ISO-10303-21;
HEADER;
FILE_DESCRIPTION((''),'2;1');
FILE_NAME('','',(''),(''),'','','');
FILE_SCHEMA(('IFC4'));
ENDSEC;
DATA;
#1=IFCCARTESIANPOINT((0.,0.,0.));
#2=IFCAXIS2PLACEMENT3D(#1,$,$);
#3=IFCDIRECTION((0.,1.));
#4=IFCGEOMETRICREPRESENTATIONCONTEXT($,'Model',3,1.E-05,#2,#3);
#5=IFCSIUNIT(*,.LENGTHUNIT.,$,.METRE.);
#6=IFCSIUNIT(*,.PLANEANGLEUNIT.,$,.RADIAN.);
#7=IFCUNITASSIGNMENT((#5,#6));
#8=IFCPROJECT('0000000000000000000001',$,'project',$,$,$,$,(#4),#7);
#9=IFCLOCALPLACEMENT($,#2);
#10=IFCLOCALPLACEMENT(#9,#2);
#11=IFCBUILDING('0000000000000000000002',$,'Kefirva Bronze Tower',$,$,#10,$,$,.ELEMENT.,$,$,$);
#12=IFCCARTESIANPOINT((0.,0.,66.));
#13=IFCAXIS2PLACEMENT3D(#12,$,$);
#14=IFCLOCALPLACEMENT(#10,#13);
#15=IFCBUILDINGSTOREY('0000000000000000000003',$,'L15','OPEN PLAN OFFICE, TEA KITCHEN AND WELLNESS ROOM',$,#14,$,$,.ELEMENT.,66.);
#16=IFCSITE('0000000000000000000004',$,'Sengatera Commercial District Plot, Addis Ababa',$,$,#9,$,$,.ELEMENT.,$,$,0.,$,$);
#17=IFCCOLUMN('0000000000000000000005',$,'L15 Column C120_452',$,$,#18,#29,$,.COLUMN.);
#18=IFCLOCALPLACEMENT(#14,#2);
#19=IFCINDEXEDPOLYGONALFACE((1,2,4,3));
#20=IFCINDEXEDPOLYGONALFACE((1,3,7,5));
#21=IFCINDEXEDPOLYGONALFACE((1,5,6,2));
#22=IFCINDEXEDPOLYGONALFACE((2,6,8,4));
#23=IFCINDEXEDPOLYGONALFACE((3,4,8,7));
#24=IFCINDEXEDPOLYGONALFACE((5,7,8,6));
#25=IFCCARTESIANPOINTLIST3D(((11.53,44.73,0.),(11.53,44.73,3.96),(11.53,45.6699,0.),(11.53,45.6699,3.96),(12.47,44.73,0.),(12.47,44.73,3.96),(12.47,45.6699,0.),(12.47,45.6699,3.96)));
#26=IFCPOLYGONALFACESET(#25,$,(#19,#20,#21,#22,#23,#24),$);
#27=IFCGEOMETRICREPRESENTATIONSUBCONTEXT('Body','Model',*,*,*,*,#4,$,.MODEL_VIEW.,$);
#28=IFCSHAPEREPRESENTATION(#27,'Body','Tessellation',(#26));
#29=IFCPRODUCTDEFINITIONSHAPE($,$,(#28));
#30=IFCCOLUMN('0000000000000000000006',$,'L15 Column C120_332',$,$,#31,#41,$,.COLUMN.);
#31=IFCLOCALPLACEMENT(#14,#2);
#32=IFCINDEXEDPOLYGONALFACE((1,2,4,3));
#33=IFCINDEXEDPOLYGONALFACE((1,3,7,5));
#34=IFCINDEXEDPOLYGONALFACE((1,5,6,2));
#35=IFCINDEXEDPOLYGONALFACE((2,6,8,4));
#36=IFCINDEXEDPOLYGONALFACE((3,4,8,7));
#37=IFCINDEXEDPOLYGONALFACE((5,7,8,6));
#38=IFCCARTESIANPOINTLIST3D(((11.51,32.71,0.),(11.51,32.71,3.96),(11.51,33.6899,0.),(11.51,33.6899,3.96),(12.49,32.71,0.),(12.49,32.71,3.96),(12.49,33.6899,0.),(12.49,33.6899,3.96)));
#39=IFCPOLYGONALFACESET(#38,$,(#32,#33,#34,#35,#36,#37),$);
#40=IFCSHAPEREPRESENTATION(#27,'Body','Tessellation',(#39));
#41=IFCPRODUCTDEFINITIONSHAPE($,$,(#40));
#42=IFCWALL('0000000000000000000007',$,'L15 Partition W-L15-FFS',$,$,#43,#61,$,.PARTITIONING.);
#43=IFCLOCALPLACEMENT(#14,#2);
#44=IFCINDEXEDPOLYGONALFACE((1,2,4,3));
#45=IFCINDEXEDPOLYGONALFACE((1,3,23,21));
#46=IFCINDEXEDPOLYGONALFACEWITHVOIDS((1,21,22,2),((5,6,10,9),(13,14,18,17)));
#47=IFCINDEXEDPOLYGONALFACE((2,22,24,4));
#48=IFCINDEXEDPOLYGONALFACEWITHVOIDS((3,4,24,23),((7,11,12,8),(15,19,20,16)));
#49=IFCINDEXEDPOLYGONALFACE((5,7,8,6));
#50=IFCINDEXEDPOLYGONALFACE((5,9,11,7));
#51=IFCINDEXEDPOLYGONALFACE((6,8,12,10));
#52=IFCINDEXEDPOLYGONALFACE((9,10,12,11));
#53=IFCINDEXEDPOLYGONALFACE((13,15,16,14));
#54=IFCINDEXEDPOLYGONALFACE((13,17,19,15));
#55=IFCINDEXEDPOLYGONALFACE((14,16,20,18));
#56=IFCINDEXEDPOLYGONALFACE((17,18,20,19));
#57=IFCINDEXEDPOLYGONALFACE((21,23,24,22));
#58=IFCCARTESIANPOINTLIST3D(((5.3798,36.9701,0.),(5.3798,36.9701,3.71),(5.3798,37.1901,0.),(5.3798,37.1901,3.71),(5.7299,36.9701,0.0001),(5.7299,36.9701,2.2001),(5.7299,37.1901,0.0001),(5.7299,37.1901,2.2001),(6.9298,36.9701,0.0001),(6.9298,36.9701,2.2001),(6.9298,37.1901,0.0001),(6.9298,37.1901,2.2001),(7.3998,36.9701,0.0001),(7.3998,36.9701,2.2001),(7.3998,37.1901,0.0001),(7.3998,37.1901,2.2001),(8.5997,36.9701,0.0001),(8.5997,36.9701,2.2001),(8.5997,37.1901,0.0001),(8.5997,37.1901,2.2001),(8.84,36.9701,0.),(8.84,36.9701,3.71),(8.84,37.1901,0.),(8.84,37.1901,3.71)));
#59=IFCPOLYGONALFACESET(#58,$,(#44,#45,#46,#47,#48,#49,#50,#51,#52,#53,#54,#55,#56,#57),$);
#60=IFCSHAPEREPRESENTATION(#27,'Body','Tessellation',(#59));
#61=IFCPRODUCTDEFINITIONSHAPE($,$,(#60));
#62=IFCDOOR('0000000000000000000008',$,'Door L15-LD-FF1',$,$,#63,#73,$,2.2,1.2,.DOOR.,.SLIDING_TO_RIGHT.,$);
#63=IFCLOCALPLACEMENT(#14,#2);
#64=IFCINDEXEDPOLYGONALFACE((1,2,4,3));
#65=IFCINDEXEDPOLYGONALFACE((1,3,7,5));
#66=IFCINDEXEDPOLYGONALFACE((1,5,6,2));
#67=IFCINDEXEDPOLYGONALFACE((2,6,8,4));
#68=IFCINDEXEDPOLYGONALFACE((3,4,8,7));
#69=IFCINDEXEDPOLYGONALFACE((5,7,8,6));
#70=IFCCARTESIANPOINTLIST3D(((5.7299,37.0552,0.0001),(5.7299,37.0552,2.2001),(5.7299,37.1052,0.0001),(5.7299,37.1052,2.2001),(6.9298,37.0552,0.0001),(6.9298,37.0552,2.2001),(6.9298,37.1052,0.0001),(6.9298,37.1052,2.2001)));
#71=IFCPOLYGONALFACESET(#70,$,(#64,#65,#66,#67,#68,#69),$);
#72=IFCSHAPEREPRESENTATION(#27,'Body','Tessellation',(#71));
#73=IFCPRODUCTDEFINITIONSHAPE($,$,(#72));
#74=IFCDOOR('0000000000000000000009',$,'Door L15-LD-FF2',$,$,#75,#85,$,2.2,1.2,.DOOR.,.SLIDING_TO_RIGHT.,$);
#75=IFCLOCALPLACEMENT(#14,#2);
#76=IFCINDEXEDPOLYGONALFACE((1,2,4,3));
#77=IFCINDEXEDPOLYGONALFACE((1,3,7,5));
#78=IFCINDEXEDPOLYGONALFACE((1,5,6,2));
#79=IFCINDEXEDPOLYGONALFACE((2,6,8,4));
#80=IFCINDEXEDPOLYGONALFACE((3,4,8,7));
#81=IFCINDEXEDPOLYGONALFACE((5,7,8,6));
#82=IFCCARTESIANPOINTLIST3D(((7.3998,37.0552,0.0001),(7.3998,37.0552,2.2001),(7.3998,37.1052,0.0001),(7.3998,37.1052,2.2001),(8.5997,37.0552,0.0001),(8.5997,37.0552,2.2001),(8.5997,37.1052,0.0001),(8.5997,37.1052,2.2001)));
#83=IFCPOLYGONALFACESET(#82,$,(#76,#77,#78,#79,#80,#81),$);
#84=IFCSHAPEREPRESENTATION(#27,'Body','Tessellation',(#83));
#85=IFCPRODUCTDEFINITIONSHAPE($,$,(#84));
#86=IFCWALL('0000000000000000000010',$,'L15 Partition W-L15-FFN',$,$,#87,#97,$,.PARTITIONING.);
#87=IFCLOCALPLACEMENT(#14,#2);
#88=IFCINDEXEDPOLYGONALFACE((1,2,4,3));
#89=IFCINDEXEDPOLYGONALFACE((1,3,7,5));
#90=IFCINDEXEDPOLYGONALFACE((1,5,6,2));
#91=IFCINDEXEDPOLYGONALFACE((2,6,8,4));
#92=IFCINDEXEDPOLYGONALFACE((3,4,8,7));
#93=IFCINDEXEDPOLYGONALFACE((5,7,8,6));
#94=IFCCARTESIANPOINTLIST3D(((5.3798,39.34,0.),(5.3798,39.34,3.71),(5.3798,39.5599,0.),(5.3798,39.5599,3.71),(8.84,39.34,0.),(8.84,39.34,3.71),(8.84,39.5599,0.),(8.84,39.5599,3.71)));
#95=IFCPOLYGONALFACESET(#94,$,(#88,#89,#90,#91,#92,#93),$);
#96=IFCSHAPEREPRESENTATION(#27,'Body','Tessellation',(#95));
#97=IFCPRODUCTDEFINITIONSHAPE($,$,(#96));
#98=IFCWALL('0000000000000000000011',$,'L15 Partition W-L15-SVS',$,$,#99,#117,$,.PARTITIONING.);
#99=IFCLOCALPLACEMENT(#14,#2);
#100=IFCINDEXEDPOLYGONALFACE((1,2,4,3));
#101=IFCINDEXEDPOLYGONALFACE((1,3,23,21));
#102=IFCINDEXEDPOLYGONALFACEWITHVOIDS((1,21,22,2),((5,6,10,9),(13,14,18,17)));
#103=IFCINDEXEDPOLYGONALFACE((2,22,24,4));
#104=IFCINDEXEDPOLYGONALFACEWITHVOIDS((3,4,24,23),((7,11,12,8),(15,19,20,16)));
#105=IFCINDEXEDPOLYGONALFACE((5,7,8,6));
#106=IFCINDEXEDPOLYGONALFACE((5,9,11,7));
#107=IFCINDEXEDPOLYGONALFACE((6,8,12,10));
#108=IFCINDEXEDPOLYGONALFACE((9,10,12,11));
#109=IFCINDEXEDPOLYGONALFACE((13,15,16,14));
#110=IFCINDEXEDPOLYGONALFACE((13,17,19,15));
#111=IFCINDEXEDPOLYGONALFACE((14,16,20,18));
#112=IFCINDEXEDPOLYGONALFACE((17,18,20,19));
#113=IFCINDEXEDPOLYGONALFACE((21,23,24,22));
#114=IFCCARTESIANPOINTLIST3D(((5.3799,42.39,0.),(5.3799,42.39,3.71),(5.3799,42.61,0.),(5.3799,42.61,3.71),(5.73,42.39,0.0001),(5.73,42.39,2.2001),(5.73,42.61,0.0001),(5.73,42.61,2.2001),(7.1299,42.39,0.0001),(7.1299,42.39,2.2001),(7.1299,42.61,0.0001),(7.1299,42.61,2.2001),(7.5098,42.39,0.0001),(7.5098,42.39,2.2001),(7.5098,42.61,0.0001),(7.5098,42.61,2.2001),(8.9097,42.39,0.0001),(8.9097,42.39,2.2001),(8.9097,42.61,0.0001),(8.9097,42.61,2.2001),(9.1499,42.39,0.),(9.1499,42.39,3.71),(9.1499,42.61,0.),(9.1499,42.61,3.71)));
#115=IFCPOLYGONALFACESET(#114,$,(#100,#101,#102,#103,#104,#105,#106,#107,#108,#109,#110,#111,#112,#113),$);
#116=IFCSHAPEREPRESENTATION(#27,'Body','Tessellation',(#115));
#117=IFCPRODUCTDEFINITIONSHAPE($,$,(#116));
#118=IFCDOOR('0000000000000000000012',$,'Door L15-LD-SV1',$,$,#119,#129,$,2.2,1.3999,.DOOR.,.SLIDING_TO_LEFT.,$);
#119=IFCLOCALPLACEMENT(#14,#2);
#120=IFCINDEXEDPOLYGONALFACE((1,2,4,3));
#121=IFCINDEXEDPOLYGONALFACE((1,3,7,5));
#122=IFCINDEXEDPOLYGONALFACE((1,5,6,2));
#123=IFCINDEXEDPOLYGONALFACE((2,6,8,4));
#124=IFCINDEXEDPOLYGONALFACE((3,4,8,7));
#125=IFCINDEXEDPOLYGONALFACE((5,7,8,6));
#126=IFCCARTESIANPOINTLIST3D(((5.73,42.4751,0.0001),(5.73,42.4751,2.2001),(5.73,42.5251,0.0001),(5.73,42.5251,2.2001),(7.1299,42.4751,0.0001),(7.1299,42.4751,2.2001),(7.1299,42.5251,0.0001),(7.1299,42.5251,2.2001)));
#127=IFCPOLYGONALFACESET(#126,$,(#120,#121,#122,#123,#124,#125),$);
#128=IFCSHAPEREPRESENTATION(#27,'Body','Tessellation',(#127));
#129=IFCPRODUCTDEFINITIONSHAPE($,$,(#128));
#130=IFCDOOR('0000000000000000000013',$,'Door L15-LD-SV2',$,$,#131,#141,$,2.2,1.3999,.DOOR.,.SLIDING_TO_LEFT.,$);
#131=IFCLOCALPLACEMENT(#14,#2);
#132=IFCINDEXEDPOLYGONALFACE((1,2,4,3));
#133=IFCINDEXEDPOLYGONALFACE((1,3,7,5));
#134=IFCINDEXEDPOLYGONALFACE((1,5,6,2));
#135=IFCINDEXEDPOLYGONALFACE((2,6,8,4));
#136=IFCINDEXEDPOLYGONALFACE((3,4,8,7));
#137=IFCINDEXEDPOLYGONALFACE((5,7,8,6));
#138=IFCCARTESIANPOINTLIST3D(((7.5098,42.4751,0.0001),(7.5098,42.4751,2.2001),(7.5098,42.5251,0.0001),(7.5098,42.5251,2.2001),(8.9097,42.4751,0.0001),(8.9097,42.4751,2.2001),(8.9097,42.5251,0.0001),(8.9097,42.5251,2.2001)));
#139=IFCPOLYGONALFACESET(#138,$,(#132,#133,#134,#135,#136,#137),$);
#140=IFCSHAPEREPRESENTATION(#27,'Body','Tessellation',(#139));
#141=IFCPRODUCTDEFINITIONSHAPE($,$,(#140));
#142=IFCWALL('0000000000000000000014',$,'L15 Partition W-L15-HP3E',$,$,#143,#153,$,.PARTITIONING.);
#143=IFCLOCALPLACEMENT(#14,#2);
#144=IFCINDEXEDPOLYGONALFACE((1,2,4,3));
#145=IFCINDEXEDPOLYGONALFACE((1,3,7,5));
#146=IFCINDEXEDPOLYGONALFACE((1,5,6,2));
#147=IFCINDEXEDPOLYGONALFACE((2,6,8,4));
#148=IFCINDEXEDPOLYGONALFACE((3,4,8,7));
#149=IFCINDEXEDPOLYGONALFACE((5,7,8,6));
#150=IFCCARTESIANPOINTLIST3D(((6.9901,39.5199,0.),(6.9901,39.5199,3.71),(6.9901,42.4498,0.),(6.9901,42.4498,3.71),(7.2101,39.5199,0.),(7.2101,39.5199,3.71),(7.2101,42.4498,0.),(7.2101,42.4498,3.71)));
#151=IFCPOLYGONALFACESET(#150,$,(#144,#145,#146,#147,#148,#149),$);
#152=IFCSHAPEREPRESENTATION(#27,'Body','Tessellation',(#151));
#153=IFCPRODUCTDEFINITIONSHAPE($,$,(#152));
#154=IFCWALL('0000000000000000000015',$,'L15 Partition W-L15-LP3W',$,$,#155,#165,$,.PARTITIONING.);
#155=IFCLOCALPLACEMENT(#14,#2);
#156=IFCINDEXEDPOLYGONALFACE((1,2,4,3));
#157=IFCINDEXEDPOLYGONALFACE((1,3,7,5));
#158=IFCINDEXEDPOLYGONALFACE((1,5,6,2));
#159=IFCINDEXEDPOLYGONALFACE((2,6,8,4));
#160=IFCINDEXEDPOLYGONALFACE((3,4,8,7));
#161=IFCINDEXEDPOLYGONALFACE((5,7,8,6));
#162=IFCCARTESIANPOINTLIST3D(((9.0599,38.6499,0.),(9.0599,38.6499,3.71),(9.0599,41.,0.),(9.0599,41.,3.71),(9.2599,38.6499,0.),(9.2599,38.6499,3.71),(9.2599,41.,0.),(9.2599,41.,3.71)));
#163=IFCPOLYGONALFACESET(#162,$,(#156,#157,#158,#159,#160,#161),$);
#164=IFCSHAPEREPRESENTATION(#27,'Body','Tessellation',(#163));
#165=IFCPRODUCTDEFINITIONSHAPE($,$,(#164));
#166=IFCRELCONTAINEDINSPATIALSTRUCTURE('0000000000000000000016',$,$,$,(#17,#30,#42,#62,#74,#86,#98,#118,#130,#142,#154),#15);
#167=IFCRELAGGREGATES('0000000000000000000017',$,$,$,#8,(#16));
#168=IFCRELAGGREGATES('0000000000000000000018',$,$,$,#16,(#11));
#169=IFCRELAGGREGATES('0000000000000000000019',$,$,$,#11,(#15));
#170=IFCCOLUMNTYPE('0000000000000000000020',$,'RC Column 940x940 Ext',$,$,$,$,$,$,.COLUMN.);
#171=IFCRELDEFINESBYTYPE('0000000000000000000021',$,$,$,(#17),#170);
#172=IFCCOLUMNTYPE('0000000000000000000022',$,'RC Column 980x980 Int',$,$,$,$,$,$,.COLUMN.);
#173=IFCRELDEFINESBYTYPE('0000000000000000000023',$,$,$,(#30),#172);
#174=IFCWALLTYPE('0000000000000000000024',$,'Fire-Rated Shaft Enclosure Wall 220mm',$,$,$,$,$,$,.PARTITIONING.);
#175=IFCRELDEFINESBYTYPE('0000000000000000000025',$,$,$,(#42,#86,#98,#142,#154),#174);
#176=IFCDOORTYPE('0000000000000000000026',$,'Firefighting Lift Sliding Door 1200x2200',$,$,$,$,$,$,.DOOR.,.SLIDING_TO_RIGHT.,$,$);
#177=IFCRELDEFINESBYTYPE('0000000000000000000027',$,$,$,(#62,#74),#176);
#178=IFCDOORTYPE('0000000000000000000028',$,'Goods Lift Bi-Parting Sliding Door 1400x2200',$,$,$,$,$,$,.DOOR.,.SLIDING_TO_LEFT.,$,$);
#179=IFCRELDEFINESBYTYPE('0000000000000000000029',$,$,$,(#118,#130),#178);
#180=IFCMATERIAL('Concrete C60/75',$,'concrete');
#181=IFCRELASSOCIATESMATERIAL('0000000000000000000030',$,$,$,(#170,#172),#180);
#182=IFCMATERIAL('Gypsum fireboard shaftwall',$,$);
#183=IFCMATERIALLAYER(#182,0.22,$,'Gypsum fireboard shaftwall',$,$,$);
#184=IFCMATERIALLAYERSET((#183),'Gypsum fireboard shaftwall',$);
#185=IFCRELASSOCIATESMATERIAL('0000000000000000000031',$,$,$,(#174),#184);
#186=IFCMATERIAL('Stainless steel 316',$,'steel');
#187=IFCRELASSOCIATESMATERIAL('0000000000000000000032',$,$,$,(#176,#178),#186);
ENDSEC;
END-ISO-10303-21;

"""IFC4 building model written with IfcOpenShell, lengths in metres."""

from ifc_helpers import new_model, si_unit, direction, frame, frame_2d, origin, origin_2d, place, context, subcontext, project, spatial, rectangle, extrude, material, layer, layer_set, material_profile, profile_set, type_object, element, fill, save


model = new_model("IFC4")

# Units and contexts
model_context = context("Model", 3, precision=1e-05, world=origin(), true_north=direction((0.0, 1.0)))
body_context = subcontext(model_context, "Body", "Model", "MODEL_VIEW")
ifc_project = project(units=[si_unit("LENGTHUNIT", "METRE"), si_unit("PLANEANGLEUNIT", "RADIAN")], contexts=[model_context])

# Site, building, storey
site_placement = place(None, origin())
site = spatial("IfcSite", under=ifc_project, at=site_placement, Name="Sengatera Commercial District Plot, Addis Ababa", CompositionType="ELEMENT", RefElevation=0.0)
building_placement = place(site_placement, origin())
building = spatial("IfcBuilding", under=site, at=building_placement, Name="Kefirva Bronze Tower", CompositionType="ELEMENT")
storey_placement = place(building_placement, frame((0.0, 0.0, 66.0)))
storey = spatial("IfcBuildingStorey", under=building, at=storey_placement, Name="L15", Description="OPEN PLAN OFFICE, TEA KITCHEN AND WELLNESS ROOM", CompositionType="ELEMENT", Elevation=66.0)

# Columns
ifc_material_1 = material(Name="Concrete C60/75", Category="concrete")
ifc_material_profile_1 = material_profile(ifc_material_1, rectangle(XDim=0.9399, YDim=0.9399, at=origin_2d()), Name="RC 940x940")
ifc_profile_set_1 = profile_set([ifc_material_profile_1], Name="Concrete C60/75")
column_type_1 = type_object("IfcColumnType", Name="RC Column 940x940 Ext", PredefinedType="COLUMN", material=ifc_profile_set_1)
column_1_placement = place(storey_placement, frame((12.0, 45.2, 0.0), z_axis=(0.0, 0.0, 1.0), x_axis=(1.0, 0.0, 0.0)))
element("IfcColumn", 1, at=column_1_placement, inside=storey, type_object=column_type_1, Name="L15 Column C120_452", PredefinedType="COLUMN", context=body_context, shape_type="SweptSolid", body=[
    extrude(rectangle(XDim=0.9399, YDim=0.9399, at=origin_2d()), origin(), (0.0, 0.0, 1.0), 3.96),
])
ifc_material_profile_2 = material_profile(ifc_material_1, rectangle(XDim=0.98, YDim=0.98, at=origin_2d()), Name="RC 980x980")
ifc_profile_set_2 = profile_set([ifc_material_profile_2], Name="Concrete C60/75")
column_type_2 = type_object("IfcColumnType", Name="RC Column 980x980 Int", PredefinedType="COLUMN", material=ifc_profile_set_2)
column_2_placement = place(storey_placement, frame((12.0, 33.2, 0.0), z_axis=(0.0, 0.0, 1.0), x_axis=(1.0, 0.0, 0.0)))
element("IfcColumn", 2, at=column_2_placement, inside=storey, type_object=column_type_2, Name="L15 Column C120_332", PredefinedType="COLUMN", context=body_context, shape_type="SweptSolid", body=[
    extrude(rectangle(XDim=0.98, YDim=0.98, at=origin_2d()), origin(), (0.0, 0.0, 1.0), 3.96),
])

# Wall, openings, doors
ifc_material_2 = material(Name="Gypsum fireboard shaftwall")
ifc_layer_1 = layer(ifc_material_2, 0.22, Name="Gypsum fireboard shaftwall")
ifc_layer_set_1 = layer_set([ifc_layer_1], Name="Gypsum fireboard shaftwall")
wall_type_1 = type_object("IfcWallType", Name="Fire-Rated Shaft Enclosure Wall 220mm", PredefinedType="PARTITIONING", material=ifc_layer_set_1)
wall_1_placement = place(storey_placement, frame((5.3799, 37.0801, 0.0), z_axis=(0.0, 0.0, 1.0), x_axis=(1.0, 0.0, 0.0)))
wall_1 = element("IfcWall", 3, at=wall_1_placement, inside=storey, type_object=wall_type_1, Name="L15 Partition W-L15-FFS", PredefinedType="PARTITIONING", context=body_context, shape_type="SweptSolid", body=[
    extrude(rectangle(XDim=3.4602, YDim=0.22, at=frame_2d((1.73, 0.0))), origin(), (0.0, 0.0, 1.0), 3.71),
])
opening_1_placement = place(wall_1_placement, frame((1.55, 0.0, 0.0), z_axis=(0.0, 0.0, 1.0), x_axis=(-1.0, 0.0, 0.0)))
opening_1 = element("IfcOpeningElement", 4, at=opening_1_placement, cuts=wall_1, PredefinedType="OPENING", context=body_context, shape_type="SweptSolid", body=[
    extrude(rectangle(XDim=1.2, YDim=2.2, at=frame_2d((0.6001, 1.1001))), frame((0.0, 0.1201, 0.0), z_axis=(0.0, -1.0, 0.0), x_axis=(1.0, 0.0, 0.0)), (0.0, 0.0, 1.0), 0.24),
])
opening_2_placement = place(wall_1_placement, frame((3.22, 0.0, 0.0), z_axis=(0.0, 0.0, 1.0), x_axis=(-1.0, 0.0, 0.0)))
opening_2 = element("IfcOpeningElement", 5, at=opening_2_placement, cuts=wall_1, PredefinedType="OPENING", context=body_context, shape_type="SweptSolid", body=[
    extrude(rectangle(XDim=1.2, YDim=2.2, at=frame_2d((0.6001, 1.1001))), frame((0.0, 0.1201, 0.0), z_axis=(0.0, -1.0, 0.0), x_axis=(1.0, 0.0, 0.0)), (0.0, 0.0, 1.0), 0.24),
])
ifc_material_3 = material(Name="Stainless steel 316", Category="steel")
door_type_1 = type_object("IfcDoorType", Name="Firefighting Lift Sliding Door 1200x2200", OperationType="SLIDING_TO_RIGHT", PredefinedType="DOOR", material=ifc_material_3)
door_1_placement = place(opening_1_placement, origin())
door_1 = element("IfcDoor", 6, at=door_1_placement, inside=storey, type_object=door_type_1, Name="Door L15-LD-FF1", OperationType="SLIDING_TO_RIGHT", OverallHeight=2.2, OverallWidth=1.2, PredefinedType="DOOR", context=body_context, shape_type="SweptSolid", body=[
    extrude(rectangle(XDim=1.2, YDim=2.2, at=frame_2d((0.6001, 1.1001))), frame((0.0, 0.0249, 0.0), z_axis=(0.0, -1.0, 0.0), x_axis=(1.0, 0.0, 0.0)), (0.0, 0.0, 1.0), 0.05),
])
fill(opening_1, door_1)
door_2_placement = place(opening_2_placement, origin())
door_2 = element("IfcDoor", 7, at=door_2_placement, inside=storey, type_object=door_type_1, Name="Door L15-LD-FF2", OperationType="SLIDING_TO_RIGHT", OverallHeight=2.2, OverallWidth=1.2, PredefinedType="DOOR", context=body_context, shape_type="SweptSolid", body=[
    extrude(rectangle(XDim=1.2, YDim=2.2, at=frame_2d((0.6001, 1.1001))), frame((0.0, 0.0249, 0.0), z_axis=(0.0, -1.0, 0.0), x_axis=(1.0, 0.0, 0.0)), (0.0, 0.0, 1.0), 0.05),
])
fill(opening_2, door_2)

# Wall
wall_2_placement = place(storey_placement, frame((5.3799, 39.45, 0.0), z_axis=(0.0, 0.0, 1.0), x_axis=(1.0, 0.0, 0.0)))
element("IfcWall", 8, at=wall_2_placement, inside=storey, type_object=wall_type_1, Name="L15 Partition W-L15-FFN", PredefinedType="PARTITIONING", context=body_context, shape_type="SweptSolid", body=[
    extrude(rectangle(XDim=3.4602, YDim=0.22, at=frame_2d((1.73, 0.0))), origin(), (0.0, 0.0, 1.0), 3.71),
])

# Wall, openings, doors
wall_3_placement = place(storey_placement, frame((5.3799, 42.5, 0.0), z_axis=(0.0, 0.0, 1.0), x_axis=(1.0, 0.0, 0.0)))
wall_3 = element("IfcWall", 9, at=wall_3_placement, inside=storey, type_object=wall_type_1, Name="L15 Partition W-L15-SVS", PredefinedType="PARTITIONING", context=body_context, shape_type="SweptSolid", body=[
    extrude(rectangle(XDim=3.77, YDim=0.22, at=frame_2d((1.885, 0.0))), origin(), (0.0, 0.0, 1.0), 3.71),
])
opening_3_placement = place(wall_3_placement, frame((1.75, 0.0, 0.0), z_axis=(0.0, 0.0, 1.0), x_axis=(-1.0, 0.0, 0.0)))
opening_3 = element("IfcOpeningElement", 10, at=opening_3_placement, cuts=wall_3, PredefinedType="OPENING", context=body_context, shape_type="SweptSolid", body=[
    extrude(rectangle(XDim=1.3999, YDim=2.2, at=frame_2d((0.7, 1.1001))), frame((0.0, 0.1201, 0.0), z_axis=(0.0, -1.0, 0.0), x_axis=(1.0, 0.0, 0.0)), (0.0, 0.0, 1.0), 0.24),
])
opening_4_placement = place(wall_3_placement, frame((3.5298, 0.0, 0.0), z_axis=(0.0, 0.0, 1.0), x_axis=(-1.0, 0.0, 0.0)))
opening_4 = element("IfcOpeningElement", 11, at=opening_4_placement, cuts=wall_3, PredefinedType="OPENING", context=body_context, shape_type="SweptSolid", body=[
    extrude(rectangle(XDim=1.3999, YDim=2.2, at=frame_2d((0.7, 1.1001))), frame((0.0, 0.1201, 0.0), z_axis=(0.0, -1.0, 0.0), x_axis=(1.0, 0.0, 0.0)), (0.0, 0.0, 1.0), 0.24),
])
door_type_2 = type_object("IfcDoorType", Name="Goods Lift Bi-Parting Sliding Door 1400x2200", OperationType="SLIDING_TO_LEFT", PredefinedType="DOOR", material=ifc_material_3)
door_3_placement = place(opening_3_placement, origin())
door_3 = element("IfcDoor", 12, at=door_3_placement, inside=storey, type_object=door_type_2, Name="Door L15-LD-SV1", OperationType="SLIDING_TO_LEFT", OverallHeight=2.2, OverallWidth=1.3999, PredefinedType="DOOR", context=body_context, shape_type="SweptSolid", body=[
    extrude(rectangle(XDim=1.3999, YDim=2.2, at=frame_2d((0.7, 1.1001))), frame((0.0, 0.0249, 0.0), z_axis=(0.0, -1.0, 0.0), x_axis=(1.0, 0.0, 0.0)), (0.0, 0.0, 1.0), 0.05),
])
fill(opening_3, door_3)
door_4_placement = place(opening_4_placement, origin())
door_4 = element("IfcDoor", 13, at=door_4_placement, inside=storey, type_object=door_type_2, Name="Door L15-LD-SV2", OperationType="SLIDING_TO_LEFT", OverallHeight=2.2, OverallWidth=1.3999, PredefinedType="DOOR", context=body_context, shape_type="SweptSolid", body=[
    extrude(rectangle(XDim=1.3999, YDim=2.2, at=frame_2d((0.7, 1.1001))), frame((0.0, 0.0249, 0.0), z_axis=(0.0, -1.0, 0.0), x_axis=(1.0, 0.0, 0.0)), (0.0, 0.0, 1.0), 0.05),
])
fill(opening_4, door_4)

# Walls
wall_4_placement = place(storey_placement, frame((7.1001, 39.52, 0.0), z_axis=(0.0, 0.0, 1.0), x_axis=(0.0, 1.0, 0.0)))
element("IfcWall", 14, at=wall_4_placement, inside=storey, type_object=wall_type_1, Name="L15 Partition W-L15-HP3E", PredefinedType="PARTITIONING", context=body_context, shape_type="SweptSolid", body=[
    extrude(rectangle(XDim=2.9299, YDim=0.22, at=frame_2d((1.4648, 0.0))), origin(), (0.0, 0.0, 1.0), 3.71),
])
wall_5_placement = place(storey_placement, frame((9.1599, 38.6499, 0.0), z_axis=(0.0, 0.0, 1.0), x_axis=(0.0, 1.0, 0.0)))
element("IfcWall", 15, at=wall_5_placement, inside=storey, type_object=wall_type_1, Name="L15 Partition W-L15-LP3W", PredefinedType="PARTITIONING", context=body_context, shape_type="SweptSolid", body=[
    extrude(rectangle(XDim=2.3501, YDim=0.2, at=frame_2d((1.175, 0.0))), origin(), (0.0, 0.0, 1.0), 3.71),
])

save(model, "model.ifc")
